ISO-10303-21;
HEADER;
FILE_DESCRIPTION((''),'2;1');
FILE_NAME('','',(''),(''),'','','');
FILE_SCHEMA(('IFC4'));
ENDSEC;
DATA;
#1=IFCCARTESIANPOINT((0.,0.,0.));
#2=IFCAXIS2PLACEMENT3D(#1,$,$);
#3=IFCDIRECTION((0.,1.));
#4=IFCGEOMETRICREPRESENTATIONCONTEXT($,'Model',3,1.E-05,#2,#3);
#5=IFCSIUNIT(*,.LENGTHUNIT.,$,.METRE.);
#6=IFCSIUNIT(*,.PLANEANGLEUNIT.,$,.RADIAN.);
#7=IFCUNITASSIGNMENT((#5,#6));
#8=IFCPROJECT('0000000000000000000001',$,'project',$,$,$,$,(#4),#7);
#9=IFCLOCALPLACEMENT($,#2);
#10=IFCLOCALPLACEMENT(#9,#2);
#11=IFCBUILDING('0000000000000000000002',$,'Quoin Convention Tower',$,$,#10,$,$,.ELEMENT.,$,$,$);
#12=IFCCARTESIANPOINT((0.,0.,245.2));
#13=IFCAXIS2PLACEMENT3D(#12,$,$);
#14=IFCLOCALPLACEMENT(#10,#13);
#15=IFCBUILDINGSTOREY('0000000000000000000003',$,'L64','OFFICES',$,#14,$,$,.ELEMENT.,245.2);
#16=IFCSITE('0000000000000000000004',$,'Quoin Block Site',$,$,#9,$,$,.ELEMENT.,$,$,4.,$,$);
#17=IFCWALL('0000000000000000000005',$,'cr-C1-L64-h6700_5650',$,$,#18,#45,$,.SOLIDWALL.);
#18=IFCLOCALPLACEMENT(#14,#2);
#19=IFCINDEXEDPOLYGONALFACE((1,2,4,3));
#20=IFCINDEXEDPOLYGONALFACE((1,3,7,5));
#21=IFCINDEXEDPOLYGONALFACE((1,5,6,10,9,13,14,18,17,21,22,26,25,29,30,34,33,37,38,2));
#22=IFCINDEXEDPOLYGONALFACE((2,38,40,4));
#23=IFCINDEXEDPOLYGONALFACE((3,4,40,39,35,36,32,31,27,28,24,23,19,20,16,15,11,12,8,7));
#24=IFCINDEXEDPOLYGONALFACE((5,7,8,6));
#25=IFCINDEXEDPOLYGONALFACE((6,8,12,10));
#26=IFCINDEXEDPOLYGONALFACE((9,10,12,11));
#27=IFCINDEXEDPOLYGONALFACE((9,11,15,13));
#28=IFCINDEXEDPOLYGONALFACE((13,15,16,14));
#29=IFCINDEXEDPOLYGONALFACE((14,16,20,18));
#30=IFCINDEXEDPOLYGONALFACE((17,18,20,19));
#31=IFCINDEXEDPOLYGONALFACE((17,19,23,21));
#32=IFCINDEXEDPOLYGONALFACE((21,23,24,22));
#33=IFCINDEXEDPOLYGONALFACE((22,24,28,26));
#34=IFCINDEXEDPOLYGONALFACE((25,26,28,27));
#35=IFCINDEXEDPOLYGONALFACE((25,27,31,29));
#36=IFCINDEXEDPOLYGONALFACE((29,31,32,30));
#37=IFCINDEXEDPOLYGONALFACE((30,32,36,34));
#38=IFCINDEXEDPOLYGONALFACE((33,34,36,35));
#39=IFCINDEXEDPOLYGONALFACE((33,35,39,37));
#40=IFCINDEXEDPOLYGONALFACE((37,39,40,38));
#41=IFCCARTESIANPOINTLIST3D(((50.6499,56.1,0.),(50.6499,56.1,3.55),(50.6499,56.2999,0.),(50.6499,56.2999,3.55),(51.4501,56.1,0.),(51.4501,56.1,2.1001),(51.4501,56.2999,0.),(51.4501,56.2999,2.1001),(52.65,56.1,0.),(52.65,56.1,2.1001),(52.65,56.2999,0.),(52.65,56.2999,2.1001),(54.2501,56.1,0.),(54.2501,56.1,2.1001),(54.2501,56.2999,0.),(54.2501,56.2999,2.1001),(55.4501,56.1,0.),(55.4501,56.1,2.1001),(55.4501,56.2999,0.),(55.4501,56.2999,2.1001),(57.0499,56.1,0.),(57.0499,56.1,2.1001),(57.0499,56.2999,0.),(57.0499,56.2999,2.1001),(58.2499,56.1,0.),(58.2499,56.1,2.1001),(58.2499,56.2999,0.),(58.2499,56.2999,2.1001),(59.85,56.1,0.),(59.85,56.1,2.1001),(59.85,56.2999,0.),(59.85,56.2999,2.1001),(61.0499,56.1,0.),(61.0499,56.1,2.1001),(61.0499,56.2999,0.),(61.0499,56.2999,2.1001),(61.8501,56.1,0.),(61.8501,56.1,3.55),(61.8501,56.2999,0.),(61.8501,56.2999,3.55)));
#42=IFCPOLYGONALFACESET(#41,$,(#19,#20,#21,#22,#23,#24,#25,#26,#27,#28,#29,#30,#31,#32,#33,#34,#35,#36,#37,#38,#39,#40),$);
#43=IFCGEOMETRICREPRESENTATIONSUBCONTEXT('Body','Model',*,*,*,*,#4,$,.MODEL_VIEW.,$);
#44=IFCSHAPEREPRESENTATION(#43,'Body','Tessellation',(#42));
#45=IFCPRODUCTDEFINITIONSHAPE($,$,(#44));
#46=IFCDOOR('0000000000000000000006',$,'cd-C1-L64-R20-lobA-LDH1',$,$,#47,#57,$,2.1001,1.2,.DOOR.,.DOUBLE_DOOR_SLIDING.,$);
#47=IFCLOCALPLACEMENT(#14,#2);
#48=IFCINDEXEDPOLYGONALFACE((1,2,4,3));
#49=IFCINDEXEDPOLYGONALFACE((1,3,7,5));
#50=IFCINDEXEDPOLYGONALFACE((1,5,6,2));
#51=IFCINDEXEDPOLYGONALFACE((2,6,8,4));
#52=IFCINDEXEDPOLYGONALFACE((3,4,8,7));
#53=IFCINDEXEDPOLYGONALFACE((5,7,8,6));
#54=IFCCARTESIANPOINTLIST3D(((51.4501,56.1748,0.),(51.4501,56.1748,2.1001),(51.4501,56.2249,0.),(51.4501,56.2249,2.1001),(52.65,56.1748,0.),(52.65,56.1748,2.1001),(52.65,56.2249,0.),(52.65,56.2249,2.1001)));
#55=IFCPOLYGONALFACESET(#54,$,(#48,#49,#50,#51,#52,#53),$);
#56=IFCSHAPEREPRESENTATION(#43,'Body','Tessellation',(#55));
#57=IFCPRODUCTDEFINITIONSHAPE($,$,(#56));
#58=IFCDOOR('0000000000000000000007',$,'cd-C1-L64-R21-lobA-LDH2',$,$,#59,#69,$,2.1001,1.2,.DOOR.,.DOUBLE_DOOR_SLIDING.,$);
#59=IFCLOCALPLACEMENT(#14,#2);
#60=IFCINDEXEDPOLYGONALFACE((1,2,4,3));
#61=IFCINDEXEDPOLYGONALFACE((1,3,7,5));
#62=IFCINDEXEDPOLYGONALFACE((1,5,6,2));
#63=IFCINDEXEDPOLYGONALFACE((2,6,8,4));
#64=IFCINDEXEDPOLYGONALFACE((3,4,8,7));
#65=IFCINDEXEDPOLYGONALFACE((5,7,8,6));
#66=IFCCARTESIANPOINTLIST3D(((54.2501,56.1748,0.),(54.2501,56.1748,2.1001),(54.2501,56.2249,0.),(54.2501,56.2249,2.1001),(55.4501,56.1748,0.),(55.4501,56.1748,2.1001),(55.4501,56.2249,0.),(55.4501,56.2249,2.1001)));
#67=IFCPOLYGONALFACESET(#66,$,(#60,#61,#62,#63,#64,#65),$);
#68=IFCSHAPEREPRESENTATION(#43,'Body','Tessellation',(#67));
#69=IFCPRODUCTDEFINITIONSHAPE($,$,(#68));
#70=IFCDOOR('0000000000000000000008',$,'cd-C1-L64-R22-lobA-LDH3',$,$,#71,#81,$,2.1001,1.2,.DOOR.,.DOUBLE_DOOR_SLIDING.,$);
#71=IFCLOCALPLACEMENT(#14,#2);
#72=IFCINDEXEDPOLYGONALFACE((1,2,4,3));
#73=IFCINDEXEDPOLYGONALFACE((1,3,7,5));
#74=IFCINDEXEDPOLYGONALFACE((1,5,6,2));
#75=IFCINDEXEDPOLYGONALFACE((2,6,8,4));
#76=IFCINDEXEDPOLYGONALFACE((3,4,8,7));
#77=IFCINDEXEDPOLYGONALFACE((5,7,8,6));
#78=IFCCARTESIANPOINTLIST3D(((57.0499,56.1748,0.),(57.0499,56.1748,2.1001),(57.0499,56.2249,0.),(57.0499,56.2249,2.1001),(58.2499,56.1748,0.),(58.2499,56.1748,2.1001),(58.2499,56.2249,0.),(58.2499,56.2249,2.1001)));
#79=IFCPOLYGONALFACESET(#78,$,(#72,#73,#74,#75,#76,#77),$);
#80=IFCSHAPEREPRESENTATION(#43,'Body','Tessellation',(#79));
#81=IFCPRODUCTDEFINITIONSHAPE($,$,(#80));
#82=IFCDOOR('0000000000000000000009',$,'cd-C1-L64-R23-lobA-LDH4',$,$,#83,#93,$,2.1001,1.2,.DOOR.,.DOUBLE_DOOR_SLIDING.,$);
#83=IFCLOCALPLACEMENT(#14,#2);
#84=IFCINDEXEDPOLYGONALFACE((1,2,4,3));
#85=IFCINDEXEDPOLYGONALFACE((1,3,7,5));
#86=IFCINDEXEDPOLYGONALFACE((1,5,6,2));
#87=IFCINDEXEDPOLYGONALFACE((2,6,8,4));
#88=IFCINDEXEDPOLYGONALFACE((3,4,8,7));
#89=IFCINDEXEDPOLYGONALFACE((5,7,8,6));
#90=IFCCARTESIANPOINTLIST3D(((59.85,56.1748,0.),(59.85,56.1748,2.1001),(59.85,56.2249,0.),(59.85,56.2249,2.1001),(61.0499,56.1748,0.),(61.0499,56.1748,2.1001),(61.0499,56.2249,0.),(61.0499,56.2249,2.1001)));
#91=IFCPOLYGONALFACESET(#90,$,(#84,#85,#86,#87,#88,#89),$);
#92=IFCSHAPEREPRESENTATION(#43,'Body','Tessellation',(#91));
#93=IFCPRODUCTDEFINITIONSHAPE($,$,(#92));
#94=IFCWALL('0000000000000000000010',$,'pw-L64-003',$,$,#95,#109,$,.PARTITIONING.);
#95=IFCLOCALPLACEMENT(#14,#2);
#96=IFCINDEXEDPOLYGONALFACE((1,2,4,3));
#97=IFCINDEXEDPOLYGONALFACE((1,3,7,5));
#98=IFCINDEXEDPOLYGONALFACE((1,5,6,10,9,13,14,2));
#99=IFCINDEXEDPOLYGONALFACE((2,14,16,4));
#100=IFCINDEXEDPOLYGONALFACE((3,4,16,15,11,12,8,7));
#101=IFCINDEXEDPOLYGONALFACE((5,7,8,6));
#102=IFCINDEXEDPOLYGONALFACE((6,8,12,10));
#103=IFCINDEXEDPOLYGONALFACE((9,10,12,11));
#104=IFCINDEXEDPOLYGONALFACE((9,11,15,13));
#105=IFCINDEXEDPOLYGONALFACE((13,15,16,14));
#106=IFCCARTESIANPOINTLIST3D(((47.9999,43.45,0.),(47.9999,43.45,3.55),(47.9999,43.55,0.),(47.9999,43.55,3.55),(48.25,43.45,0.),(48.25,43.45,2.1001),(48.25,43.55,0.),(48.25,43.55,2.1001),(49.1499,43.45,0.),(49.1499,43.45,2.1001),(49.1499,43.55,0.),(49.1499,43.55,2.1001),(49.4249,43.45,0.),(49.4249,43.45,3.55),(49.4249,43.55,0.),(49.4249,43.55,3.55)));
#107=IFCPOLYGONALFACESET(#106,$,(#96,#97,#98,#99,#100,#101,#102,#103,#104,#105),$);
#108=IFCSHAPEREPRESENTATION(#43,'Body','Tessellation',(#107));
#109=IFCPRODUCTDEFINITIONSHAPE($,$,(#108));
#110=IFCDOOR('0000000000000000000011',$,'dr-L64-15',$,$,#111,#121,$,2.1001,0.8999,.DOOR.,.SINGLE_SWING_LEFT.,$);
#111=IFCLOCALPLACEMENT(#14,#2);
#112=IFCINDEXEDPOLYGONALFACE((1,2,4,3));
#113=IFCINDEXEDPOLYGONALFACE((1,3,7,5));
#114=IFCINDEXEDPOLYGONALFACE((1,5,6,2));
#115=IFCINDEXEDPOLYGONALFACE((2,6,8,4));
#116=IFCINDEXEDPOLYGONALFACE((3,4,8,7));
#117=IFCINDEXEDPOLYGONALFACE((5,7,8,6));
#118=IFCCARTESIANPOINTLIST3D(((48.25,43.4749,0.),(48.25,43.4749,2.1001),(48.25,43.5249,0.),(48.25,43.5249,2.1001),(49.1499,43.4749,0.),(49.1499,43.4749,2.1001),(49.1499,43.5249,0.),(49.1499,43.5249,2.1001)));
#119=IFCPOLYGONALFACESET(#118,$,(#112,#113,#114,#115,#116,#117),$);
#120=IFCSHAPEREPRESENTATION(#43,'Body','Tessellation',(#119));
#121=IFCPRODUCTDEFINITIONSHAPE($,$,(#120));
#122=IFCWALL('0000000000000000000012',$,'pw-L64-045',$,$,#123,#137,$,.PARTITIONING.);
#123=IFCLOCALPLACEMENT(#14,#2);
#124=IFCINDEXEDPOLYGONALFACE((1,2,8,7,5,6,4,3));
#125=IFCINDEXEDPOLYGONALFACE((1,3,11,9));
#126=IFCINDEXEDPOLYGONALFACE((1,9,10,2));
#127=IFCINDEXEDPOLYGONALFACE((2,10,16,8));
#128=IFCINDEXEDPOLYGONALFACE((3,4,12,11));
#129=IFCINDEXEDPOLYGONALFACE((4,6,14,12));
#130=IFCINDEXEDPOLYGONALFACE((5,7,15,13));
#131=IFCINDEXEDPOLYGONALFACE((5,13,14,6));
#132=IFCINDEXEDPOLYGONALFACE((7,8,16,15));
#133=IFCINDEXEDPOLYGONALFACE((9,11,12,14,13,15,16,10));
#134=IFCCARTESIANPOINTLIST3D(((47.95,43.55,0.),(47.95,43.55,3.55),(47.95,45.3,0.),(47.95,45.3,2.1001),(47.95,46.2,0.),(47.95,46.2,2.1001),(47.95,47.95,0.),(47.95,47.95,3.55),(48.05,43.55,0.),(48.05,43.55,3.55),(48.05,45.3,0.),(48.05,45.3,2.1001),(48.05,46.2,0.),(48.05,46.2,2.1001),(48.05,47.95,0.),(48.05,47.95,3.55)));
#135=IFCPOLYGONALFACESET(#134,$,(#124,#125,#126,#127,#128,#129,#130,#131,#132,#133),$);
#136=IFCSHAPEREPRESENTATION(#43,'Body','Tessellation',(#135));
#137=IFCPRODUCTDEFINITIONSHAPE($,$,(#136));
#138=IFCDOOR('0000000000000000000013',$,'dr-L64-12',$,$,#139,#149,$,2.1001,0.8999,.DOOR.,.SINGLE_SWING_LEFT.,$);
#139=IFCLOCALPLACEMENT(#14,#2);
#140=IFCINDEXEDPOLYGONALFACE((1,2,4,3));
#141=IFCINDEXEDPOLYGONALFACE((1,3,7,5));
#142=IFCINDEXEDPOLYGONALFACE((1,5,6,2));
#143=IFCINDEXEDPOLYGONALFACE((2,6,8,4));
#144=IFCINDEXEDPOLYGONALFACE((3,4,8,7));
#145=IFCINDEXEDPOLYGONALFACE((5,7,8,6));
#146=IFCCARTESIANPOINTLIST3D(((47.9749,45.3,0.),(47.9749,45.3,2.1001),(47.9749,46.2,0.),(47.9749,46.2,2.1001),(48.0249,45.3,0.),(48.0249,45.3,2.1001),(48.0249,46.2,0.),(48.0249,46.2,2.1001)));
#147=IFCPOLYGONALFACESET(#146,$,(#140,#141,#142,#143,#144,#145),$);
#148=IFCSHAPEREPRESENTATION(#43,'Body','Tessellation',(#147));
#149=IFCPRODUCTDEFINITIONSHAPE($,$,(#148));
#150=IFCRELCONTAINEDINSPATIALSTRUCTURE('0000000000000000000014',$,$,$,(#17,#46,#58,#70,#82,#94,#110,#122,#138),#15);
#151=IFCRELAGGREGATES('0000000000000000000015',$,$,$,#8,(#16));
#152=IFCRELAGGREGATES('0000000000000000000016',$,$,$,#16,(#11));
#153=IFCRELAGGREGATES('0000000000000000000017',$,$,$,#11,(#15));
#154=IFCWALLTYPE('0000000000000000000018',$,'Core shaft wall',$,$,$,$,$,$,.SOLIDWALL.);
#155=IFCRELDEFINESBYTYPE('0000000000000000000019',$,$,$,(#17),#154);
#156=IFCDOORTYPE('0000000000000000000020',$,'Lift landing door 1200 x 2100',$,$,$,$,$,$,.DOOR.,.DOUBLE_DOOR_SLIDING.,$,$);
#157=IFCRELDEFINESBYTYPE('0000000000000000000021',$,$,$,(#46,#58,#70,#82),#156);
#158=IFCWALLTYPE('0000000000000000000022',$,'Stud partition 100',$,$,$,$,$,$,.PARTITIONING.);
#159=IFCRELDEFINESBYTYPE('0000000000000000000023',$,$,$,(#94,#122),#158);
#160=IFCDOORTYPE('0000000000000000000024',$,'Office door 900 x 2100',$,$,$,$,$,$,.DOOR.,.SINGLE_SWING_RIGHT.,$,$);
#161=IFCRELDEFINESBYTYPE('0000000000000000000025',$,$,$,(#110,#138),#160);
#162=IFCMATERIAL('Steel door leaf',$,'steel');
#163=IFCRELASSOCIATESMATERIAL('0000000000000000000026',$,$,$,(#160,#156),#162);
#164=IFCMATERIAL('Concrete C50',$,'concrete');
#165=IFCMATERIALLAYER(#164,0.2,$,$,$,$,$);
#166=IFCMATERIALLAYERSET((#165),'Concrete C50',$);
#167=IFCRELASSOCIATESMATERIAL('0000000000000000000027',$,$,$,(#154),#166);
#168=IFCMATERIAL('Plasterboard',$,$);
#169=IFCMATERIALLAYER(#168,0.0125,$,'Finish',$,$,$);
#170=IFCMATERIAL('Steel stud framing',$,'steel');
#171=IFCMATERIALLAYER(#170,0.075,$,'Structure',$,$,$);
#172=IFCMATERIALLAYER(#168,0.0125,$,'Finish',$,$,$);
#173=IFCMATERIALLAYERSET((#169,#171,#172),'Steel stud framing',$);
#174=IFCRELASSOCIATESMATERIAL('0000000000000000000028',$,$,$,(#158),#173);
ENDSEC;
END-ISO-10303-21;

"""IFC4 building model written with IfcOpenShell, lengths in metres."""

from ifc_helpers import new_model, si_unit, direction, frame, frame_2d, origin, place, context, subcontext, project, spatial, rectangle, extrude, material, layer, layer_set, type_object, element, fill, save


model = new_model("IFC4")

# Units and contexts
model_context = context("Model", 3, precision=1e-05, world=origin(), true_north=direction((0.0, 1.0)))
body_context = subcontext(model_context, "Body", "Model", "MODEL_VIEW")
ifc_project = project(units=[si_unit("LENGTHUNIT", "METRE"), si_unit("PLANEANGLEUNIT", "RADIAN")], contexts=[model_context])

# Site, building, storey
site_placement = place(None, origin())
site = spatial("IfcSite", under=ifc_project, at=site_placement, Name="Quoin Block Site", CompositionType="ELEMENT", RefElevation=4.0)
building_placement = place(site_placement, origin())
building = spatial("IfcBuilding", under=site, at=building_placement, Name="Quoin Convention Tower", CompositionType="ELEMENT")
storey_placement = place(building_placement, frame((0.0, 0.0, 245.2)))
storey = spatial("IfcBuildingStorey", under=building, at=storey_placement, Name="L64", Description="OFFICES", CompositionType="ELEMENT", Elevation=245.2)

# Shared definitions
ifc_material_1 = material(Name="Concrete C50", Category="concrete")

# Shared definitions
ifc_material_2 = material(Name="Plasterboard")
ifc_material_3 = material(Name="Steel stud framing", Category="steel")
ifc_material_4 = material(Name="Steel door leaf", Category="steel")
door_type_1 = type_object("IfcDoorType", Name="Office door 900 x 2100", OperationType="SINGLE_SWING_RIGHT", PredefinedType="DOOR", material=ifc_material_4)

# Shared definitions
ifc_layer_1 = layer(ifc_material_1, 0.2)
ifc_layer_set_1 = layer_set([ifc_layer_1], Name="Concrete C50")
wall_type_1 = type_object("IfcWallType", Name="Core shaft wall", PredefinedType="SOLIDWALL", material=ifc_layer_set_1)

# Wall, openings, doors
wall_1_placement = place(storey_placement, frame((50.6499, 56.2, 0.0), z_axis=(0.0, 0.0, 1.0), x_axis=(1.0, 0.0, 0.0)))
wall_1 = element("IfcWall", 1, at=wall_1_placement, inside=storey, type_object=wall_type_1, Name="cr-C1-L64-h6700_5650", PredefinedType="SOLIDWALL", context=body_context, shape_type="SweptSolid", body=[
    extrude(rectangle(XDim=11.2002, YDim=0.2, at=frame_2d((5.6001, 0.0))), origin(), (0.0, 0.0, 1.0), 3.55),
])
opening_1_placement = place(wall_1_placement, frame((0.8, 0.0, 0.0)))
opening_1 = element("IfcOpeningElement", 2, at=opening_1_placement, cuts=wall_1, PredefinedType="OPENING", context=body_context, shape_type="SweptSolid", body=[
    extrude(rectangle(XDim=1.2, YDim=2.1001, at=frame_2d((0.6001, 1.05))), frame((0.0, 0.1099, 0.0), z_axis=(0.0, -1.0, 0.0), x_axis=(1.0, 0.0, 0.0)), (0.0, 0.0, 1.0), 0.22),
])
opening_2_placement = place(wall_1_placement, frame((3.6001, 0.0, 0.0)))
opening_2 = element("IfcOpeningElement", 3, at=opening_2_placement, cuts=wall_1, PredefinedType="OPENING", context=body_context, shape_type="SweptSolid", body=[
    extrude(rectangle(XDim=1.2, YDim=2.1001, at=frame_2d((0.6001, 1.05))), frame((0.0, 0.1099, 0.0), z_axis=(0.0, -1.0, 0.0), x_axis=(1.0, 0.0, 0.0)), (0.0, 0.0, 1.0), 0.22),
])
opening_3_placement = place(wall_1_placement, frame((6.3999, 0.0, 0.0)))
opening_3 = element("IfcOpeningElement", 4, at=opening_3_placement, cuts=wall_1, PredefinedType="OPENING", context=body_context, shape_type="SweptSolid", body=[
    extrude(rectangle(XDim=1.2, YDim=2.1001, at=frame_2d((0.6001, 1.05))), frame((0.0, 0.1099, 0.0), z_axis=(0.0, -1.0, 0.0), x_axis=(1.0, 0.0, 0.0)), (0.0, 0.0, 1.0), 0.22),
])
opening_4_placement = place(wall_1_placement, frame((9.2, 0.0, 0.0)))
opening_4 = element("IfcOpeningElement", 5, at=opening_4_placement, cuts=wall_1, PredefinedType="OPENING", context=body_context, shape_type="SweptSolid", body=[
    extrude(rectangle(XDim=1.2, YDim=2.1001, at=frame_2d((0.6001, 1.05))), frame((0.0, 0.1099, 0.0), z_axis=(0.0, -1.0, 0.0), x_axis=(1.0, 0.0, 0.0)), (0.0, 0.0, 1.0), 0.22),
])
door_type_2 = type_object("IfcDoorType", Name="Lift landing door 1200 x 2100", OperationType="DOUBLE_DOOR_SLIDING", PredefinedType="DOOR", material=ifc_material_4)
door_1_placement = place(opening_1_placement, origin())
door_1 = element("IfcDoor", 6, at=door_1_placement, inside=storey, type_object=door_type_2, Name="cd-C1-L64-R20-lobA-LDH1", OperationType="DOUBLE_DOOR_SLIDING", OverallHeight=2.1001, OverallWidth=1.2, PredefinedType="DOOR", context=body_context, shape_type="SweptSolid", body=[
    extrude(rectangle(XDim=1.2, YDim=2.1001, at=frame_2d((0.6001, 1.05))), frame((0.0, 0.0249, 0.0), z_axis=(0.0, -1.0, 0.0), x_axis=(1.0, 0.0, 0.0)), (0.0, 0.0, 1.0), 0.05),
])
fill(opening_1, door_1)
door_2_placement = place(opening_2_placement, origin())
door_2 = element("IfcDoor", 7, at=door_2_placement, inside=storey, type_object=door_type_2, Name="cd-C1-L64-R21-lobA-LDH2", OperationType="DOUBLE_DOOR_SLIDING", OverallHeight=2.1001, OverallWidth=1.2, PredefinedType="DOOR", context=body_context, shape_type="SweptSolid", body=[
    extrude(rectangle(XDim=1.2, YDim=2.1001, at=frame_2d((0.6001, 1.05))), frame((0.0, 0.0249, 0.0), z_axis=(0.0, -1.0, 0.0), x_axis=(1.0, 0.0, 0.0)), (0.0, 0.0, 1.0), 0.05),
])
fill(opening_2, door_2)
door_3_placement = place(opening_3_placement, origin())
door_3 = element("IfcDoor", 8, at=door_3_placement, inside=storey, type_object=door_type_2, Name="cd-C1-L64-R22-lobA-LDH3", OperationType="DOUBLE_DOOR_SLIDING", OverallHeight=2.1001, OverallWidth=1.2, PredefinedType="DOOR", context=body_context, shape_type="SweptSolid", body=[
    extrude(rectangle(XDim=1.2, YDim=2.1001, at=frame_2d((0.6001, 1.05))), frame((0.0, 0.0249, 0.0), z_axis=(0.0, -1.0, 0.0), x_axis=(1.0, 0.0, 0.0)), (0.0, 0.0, 1.0), 0.05),
])
fill(opening_3, door_3)
door_4_placement = place(opening_4_placement, origin())
door_4 = element("IfcDoor", 9, at=door_4_placement, inside=storey, type_object=door_type_2, Name="cd-C1-L64-R23-lobA-LDH4", OperationType="DOUBLE_DOOR_SLIDING", OverallHeight=2.1001, OverallWidth=1.2, PredefinedType="DOOR", context=body_context, shape_type="SweptSolid", body=[
    extrude(rectangle(XDim=1.2, YDim=2.1001, at=frame_2d((0.6001, 1.05))), frame((0.0, 0.0249, 0.0), z_axis=(0.0, -1.0, 0.0), x_axis=(1.0, 0.0, 0.0)), (0.0, 0.0, 1.0), 0.05),
])
fill(opening_4, door_4)

# Walls, openings, doors
ifc_layer_2 = layer(ifc_material_2, 0.0125, Name="Finish")
ifc_layer_3 = layer(ifc_material_3, 0.075, Name="Structure")
ifc_layer_4 = layer(ifc_material_2, 0.0125, Name="Finish")
ifc_layer_set_2 = layer_set([ifc_layer_2, ifc_layer_3, ifc_layer_4], Name="Steel stud framing")
wall_type_2 = type_object("IfcWallType", Name="Stud partition 100", PredefinedType="PARTITIONING", material=ifc_layer_set_2)
wall_2_placement = place(storey_placement, frame((48.0, 43.5, 0.0), z_axis=(0.0, 0.0, 1.0), x_axis=(1.0, 0.0, 0.0)))
wall_2 = element("IfcWall", 10, at=wall_2_placement, inside=storey, type_object=wall_type_2, Name="pw-L64-003", PredefinedType="PARTITIONING", context=body_context, shape_type="SweptSolid", body=[
    extrude(rectangle(XDim=1.425, YDim=0.1001, at=frame_2d((0.7124, 0.0))), origin(), (0.0, 0.0, 1.0), 3.55),
])
opening_5_placement = place(wall_2_placement, frame((0.25, 0.0, 0.0)))
opening_5 = element("IfcOpeningElement", 11, at=opening_5_placement, cuts=wall_2, PredefinedType="OPENING", context=body_context, shape_type="SweptSolid", body=[
    extrude(rectangle(XDim=0.8999, YDim=2.1001, at=frame_2d((0.45, 1.05))), frame((0.0, 0.0601, 0.0), z_axis=(0.0, -1.0, 0.0), x_axis=(1.0, 0.0, 0.0)), (0.0, 0.0, 1.0), 0.1201),
])
door_5_placement = place(opening_5_placement, origin())
door_5 = element("IfcDoor", 12, at=door_5_placement, inside=storey, type_object=door_type_1, Name="dr-L64-15", OperationType="SINGLE_SWING_LEFT", OverallHeight=2.1001, OverallWidth=0.8999, PredefinedType="DOOR", context=body_context, shape_type="SweptSolid", body=[
    extrude(rectangle(XDim=0.8999, YDim=2.1001, at=frame_2d((0.45, 1.05))), frame((0.0, 0.0249, 0.0), z_axis=(0.0, -1.0, 0.0), x_axis=(1.0, 0.0, 0.0)), (0.0, 0.0, 1.0), 0.05),
])
fill(opening_5, door_5)
wall_3_placement = place(storey_placement, frame((48.0, 43.55, 0.0), z_axis=(0.0, 0.0, 1.0), x_axis=(0.0, 1.0, 0.0)))
wall_3 = element("IfcWall", 13, at=wall_3_placement, inside=storey, type_object=wall_type_2, Name="pw-L64-045", PredefinedType="PARTITIONING", context=body_context, shape_type="SweptSolid", body=[
    extrude(rectangle(XDim=4.3999, YDim=0.1001, at=frame_2d((2.2, 0.0))), origin(), (0.0, 0.0, 1.0), 3.55),
])
opening_6_placement = place(wall_3_placement, frame((1.75, 0.0, 0.0)))
opening_6 = element("IfcOpeningElement", 14, at=opening_6_placement, cuts=wall_3, PredefinedType="OPENING", context=body_context, shape_type="SweptSolid", body=[
    extrude(rectangle(XDim=0.8999, YDim=2.1001, at=frame_2d((0.45, 1.05))), frame((0.0, 0.0601, 0.0), z_axis=(0.0, -1.0, 0.0), x_axis=(1.0, 0.0, 0.0)), (0.0, 0.0, 1.0), 0.1201),
])
door_6_placement = place(opening_6_placement, frame((0.8999, 0.0, 0.0), z_axis=(0.0, 0.0, 1.0), x_axis=(-1.0, 0.0, 0.0)))
door_6 = element("IfcDoor", 15, at=door_6_placement, inside=storey, type_object=door_type_1, Name="dr-L64-12", OperationType="SINGLE_SWING_LEFT", OverallHeight=2.1001, OverallWidth=0.8999, PredefinedType="DOOR", context=body_context, shape_type="SweptSolid", body=[
    extrude(rectangle(XDim=0.8999, YDim=2.1001, at=frame_2d((0.45, 1.05))), frame((0.0, 0.0249, 0.0), z_axis=(0.0, -1.0, 0.0), x_axis=(1.0, 0.0, 0.0)), (0.0, 0.0, 1.0), 0.05),
])
fill(opening_6, door_6)

save(model, "model.ifc")
